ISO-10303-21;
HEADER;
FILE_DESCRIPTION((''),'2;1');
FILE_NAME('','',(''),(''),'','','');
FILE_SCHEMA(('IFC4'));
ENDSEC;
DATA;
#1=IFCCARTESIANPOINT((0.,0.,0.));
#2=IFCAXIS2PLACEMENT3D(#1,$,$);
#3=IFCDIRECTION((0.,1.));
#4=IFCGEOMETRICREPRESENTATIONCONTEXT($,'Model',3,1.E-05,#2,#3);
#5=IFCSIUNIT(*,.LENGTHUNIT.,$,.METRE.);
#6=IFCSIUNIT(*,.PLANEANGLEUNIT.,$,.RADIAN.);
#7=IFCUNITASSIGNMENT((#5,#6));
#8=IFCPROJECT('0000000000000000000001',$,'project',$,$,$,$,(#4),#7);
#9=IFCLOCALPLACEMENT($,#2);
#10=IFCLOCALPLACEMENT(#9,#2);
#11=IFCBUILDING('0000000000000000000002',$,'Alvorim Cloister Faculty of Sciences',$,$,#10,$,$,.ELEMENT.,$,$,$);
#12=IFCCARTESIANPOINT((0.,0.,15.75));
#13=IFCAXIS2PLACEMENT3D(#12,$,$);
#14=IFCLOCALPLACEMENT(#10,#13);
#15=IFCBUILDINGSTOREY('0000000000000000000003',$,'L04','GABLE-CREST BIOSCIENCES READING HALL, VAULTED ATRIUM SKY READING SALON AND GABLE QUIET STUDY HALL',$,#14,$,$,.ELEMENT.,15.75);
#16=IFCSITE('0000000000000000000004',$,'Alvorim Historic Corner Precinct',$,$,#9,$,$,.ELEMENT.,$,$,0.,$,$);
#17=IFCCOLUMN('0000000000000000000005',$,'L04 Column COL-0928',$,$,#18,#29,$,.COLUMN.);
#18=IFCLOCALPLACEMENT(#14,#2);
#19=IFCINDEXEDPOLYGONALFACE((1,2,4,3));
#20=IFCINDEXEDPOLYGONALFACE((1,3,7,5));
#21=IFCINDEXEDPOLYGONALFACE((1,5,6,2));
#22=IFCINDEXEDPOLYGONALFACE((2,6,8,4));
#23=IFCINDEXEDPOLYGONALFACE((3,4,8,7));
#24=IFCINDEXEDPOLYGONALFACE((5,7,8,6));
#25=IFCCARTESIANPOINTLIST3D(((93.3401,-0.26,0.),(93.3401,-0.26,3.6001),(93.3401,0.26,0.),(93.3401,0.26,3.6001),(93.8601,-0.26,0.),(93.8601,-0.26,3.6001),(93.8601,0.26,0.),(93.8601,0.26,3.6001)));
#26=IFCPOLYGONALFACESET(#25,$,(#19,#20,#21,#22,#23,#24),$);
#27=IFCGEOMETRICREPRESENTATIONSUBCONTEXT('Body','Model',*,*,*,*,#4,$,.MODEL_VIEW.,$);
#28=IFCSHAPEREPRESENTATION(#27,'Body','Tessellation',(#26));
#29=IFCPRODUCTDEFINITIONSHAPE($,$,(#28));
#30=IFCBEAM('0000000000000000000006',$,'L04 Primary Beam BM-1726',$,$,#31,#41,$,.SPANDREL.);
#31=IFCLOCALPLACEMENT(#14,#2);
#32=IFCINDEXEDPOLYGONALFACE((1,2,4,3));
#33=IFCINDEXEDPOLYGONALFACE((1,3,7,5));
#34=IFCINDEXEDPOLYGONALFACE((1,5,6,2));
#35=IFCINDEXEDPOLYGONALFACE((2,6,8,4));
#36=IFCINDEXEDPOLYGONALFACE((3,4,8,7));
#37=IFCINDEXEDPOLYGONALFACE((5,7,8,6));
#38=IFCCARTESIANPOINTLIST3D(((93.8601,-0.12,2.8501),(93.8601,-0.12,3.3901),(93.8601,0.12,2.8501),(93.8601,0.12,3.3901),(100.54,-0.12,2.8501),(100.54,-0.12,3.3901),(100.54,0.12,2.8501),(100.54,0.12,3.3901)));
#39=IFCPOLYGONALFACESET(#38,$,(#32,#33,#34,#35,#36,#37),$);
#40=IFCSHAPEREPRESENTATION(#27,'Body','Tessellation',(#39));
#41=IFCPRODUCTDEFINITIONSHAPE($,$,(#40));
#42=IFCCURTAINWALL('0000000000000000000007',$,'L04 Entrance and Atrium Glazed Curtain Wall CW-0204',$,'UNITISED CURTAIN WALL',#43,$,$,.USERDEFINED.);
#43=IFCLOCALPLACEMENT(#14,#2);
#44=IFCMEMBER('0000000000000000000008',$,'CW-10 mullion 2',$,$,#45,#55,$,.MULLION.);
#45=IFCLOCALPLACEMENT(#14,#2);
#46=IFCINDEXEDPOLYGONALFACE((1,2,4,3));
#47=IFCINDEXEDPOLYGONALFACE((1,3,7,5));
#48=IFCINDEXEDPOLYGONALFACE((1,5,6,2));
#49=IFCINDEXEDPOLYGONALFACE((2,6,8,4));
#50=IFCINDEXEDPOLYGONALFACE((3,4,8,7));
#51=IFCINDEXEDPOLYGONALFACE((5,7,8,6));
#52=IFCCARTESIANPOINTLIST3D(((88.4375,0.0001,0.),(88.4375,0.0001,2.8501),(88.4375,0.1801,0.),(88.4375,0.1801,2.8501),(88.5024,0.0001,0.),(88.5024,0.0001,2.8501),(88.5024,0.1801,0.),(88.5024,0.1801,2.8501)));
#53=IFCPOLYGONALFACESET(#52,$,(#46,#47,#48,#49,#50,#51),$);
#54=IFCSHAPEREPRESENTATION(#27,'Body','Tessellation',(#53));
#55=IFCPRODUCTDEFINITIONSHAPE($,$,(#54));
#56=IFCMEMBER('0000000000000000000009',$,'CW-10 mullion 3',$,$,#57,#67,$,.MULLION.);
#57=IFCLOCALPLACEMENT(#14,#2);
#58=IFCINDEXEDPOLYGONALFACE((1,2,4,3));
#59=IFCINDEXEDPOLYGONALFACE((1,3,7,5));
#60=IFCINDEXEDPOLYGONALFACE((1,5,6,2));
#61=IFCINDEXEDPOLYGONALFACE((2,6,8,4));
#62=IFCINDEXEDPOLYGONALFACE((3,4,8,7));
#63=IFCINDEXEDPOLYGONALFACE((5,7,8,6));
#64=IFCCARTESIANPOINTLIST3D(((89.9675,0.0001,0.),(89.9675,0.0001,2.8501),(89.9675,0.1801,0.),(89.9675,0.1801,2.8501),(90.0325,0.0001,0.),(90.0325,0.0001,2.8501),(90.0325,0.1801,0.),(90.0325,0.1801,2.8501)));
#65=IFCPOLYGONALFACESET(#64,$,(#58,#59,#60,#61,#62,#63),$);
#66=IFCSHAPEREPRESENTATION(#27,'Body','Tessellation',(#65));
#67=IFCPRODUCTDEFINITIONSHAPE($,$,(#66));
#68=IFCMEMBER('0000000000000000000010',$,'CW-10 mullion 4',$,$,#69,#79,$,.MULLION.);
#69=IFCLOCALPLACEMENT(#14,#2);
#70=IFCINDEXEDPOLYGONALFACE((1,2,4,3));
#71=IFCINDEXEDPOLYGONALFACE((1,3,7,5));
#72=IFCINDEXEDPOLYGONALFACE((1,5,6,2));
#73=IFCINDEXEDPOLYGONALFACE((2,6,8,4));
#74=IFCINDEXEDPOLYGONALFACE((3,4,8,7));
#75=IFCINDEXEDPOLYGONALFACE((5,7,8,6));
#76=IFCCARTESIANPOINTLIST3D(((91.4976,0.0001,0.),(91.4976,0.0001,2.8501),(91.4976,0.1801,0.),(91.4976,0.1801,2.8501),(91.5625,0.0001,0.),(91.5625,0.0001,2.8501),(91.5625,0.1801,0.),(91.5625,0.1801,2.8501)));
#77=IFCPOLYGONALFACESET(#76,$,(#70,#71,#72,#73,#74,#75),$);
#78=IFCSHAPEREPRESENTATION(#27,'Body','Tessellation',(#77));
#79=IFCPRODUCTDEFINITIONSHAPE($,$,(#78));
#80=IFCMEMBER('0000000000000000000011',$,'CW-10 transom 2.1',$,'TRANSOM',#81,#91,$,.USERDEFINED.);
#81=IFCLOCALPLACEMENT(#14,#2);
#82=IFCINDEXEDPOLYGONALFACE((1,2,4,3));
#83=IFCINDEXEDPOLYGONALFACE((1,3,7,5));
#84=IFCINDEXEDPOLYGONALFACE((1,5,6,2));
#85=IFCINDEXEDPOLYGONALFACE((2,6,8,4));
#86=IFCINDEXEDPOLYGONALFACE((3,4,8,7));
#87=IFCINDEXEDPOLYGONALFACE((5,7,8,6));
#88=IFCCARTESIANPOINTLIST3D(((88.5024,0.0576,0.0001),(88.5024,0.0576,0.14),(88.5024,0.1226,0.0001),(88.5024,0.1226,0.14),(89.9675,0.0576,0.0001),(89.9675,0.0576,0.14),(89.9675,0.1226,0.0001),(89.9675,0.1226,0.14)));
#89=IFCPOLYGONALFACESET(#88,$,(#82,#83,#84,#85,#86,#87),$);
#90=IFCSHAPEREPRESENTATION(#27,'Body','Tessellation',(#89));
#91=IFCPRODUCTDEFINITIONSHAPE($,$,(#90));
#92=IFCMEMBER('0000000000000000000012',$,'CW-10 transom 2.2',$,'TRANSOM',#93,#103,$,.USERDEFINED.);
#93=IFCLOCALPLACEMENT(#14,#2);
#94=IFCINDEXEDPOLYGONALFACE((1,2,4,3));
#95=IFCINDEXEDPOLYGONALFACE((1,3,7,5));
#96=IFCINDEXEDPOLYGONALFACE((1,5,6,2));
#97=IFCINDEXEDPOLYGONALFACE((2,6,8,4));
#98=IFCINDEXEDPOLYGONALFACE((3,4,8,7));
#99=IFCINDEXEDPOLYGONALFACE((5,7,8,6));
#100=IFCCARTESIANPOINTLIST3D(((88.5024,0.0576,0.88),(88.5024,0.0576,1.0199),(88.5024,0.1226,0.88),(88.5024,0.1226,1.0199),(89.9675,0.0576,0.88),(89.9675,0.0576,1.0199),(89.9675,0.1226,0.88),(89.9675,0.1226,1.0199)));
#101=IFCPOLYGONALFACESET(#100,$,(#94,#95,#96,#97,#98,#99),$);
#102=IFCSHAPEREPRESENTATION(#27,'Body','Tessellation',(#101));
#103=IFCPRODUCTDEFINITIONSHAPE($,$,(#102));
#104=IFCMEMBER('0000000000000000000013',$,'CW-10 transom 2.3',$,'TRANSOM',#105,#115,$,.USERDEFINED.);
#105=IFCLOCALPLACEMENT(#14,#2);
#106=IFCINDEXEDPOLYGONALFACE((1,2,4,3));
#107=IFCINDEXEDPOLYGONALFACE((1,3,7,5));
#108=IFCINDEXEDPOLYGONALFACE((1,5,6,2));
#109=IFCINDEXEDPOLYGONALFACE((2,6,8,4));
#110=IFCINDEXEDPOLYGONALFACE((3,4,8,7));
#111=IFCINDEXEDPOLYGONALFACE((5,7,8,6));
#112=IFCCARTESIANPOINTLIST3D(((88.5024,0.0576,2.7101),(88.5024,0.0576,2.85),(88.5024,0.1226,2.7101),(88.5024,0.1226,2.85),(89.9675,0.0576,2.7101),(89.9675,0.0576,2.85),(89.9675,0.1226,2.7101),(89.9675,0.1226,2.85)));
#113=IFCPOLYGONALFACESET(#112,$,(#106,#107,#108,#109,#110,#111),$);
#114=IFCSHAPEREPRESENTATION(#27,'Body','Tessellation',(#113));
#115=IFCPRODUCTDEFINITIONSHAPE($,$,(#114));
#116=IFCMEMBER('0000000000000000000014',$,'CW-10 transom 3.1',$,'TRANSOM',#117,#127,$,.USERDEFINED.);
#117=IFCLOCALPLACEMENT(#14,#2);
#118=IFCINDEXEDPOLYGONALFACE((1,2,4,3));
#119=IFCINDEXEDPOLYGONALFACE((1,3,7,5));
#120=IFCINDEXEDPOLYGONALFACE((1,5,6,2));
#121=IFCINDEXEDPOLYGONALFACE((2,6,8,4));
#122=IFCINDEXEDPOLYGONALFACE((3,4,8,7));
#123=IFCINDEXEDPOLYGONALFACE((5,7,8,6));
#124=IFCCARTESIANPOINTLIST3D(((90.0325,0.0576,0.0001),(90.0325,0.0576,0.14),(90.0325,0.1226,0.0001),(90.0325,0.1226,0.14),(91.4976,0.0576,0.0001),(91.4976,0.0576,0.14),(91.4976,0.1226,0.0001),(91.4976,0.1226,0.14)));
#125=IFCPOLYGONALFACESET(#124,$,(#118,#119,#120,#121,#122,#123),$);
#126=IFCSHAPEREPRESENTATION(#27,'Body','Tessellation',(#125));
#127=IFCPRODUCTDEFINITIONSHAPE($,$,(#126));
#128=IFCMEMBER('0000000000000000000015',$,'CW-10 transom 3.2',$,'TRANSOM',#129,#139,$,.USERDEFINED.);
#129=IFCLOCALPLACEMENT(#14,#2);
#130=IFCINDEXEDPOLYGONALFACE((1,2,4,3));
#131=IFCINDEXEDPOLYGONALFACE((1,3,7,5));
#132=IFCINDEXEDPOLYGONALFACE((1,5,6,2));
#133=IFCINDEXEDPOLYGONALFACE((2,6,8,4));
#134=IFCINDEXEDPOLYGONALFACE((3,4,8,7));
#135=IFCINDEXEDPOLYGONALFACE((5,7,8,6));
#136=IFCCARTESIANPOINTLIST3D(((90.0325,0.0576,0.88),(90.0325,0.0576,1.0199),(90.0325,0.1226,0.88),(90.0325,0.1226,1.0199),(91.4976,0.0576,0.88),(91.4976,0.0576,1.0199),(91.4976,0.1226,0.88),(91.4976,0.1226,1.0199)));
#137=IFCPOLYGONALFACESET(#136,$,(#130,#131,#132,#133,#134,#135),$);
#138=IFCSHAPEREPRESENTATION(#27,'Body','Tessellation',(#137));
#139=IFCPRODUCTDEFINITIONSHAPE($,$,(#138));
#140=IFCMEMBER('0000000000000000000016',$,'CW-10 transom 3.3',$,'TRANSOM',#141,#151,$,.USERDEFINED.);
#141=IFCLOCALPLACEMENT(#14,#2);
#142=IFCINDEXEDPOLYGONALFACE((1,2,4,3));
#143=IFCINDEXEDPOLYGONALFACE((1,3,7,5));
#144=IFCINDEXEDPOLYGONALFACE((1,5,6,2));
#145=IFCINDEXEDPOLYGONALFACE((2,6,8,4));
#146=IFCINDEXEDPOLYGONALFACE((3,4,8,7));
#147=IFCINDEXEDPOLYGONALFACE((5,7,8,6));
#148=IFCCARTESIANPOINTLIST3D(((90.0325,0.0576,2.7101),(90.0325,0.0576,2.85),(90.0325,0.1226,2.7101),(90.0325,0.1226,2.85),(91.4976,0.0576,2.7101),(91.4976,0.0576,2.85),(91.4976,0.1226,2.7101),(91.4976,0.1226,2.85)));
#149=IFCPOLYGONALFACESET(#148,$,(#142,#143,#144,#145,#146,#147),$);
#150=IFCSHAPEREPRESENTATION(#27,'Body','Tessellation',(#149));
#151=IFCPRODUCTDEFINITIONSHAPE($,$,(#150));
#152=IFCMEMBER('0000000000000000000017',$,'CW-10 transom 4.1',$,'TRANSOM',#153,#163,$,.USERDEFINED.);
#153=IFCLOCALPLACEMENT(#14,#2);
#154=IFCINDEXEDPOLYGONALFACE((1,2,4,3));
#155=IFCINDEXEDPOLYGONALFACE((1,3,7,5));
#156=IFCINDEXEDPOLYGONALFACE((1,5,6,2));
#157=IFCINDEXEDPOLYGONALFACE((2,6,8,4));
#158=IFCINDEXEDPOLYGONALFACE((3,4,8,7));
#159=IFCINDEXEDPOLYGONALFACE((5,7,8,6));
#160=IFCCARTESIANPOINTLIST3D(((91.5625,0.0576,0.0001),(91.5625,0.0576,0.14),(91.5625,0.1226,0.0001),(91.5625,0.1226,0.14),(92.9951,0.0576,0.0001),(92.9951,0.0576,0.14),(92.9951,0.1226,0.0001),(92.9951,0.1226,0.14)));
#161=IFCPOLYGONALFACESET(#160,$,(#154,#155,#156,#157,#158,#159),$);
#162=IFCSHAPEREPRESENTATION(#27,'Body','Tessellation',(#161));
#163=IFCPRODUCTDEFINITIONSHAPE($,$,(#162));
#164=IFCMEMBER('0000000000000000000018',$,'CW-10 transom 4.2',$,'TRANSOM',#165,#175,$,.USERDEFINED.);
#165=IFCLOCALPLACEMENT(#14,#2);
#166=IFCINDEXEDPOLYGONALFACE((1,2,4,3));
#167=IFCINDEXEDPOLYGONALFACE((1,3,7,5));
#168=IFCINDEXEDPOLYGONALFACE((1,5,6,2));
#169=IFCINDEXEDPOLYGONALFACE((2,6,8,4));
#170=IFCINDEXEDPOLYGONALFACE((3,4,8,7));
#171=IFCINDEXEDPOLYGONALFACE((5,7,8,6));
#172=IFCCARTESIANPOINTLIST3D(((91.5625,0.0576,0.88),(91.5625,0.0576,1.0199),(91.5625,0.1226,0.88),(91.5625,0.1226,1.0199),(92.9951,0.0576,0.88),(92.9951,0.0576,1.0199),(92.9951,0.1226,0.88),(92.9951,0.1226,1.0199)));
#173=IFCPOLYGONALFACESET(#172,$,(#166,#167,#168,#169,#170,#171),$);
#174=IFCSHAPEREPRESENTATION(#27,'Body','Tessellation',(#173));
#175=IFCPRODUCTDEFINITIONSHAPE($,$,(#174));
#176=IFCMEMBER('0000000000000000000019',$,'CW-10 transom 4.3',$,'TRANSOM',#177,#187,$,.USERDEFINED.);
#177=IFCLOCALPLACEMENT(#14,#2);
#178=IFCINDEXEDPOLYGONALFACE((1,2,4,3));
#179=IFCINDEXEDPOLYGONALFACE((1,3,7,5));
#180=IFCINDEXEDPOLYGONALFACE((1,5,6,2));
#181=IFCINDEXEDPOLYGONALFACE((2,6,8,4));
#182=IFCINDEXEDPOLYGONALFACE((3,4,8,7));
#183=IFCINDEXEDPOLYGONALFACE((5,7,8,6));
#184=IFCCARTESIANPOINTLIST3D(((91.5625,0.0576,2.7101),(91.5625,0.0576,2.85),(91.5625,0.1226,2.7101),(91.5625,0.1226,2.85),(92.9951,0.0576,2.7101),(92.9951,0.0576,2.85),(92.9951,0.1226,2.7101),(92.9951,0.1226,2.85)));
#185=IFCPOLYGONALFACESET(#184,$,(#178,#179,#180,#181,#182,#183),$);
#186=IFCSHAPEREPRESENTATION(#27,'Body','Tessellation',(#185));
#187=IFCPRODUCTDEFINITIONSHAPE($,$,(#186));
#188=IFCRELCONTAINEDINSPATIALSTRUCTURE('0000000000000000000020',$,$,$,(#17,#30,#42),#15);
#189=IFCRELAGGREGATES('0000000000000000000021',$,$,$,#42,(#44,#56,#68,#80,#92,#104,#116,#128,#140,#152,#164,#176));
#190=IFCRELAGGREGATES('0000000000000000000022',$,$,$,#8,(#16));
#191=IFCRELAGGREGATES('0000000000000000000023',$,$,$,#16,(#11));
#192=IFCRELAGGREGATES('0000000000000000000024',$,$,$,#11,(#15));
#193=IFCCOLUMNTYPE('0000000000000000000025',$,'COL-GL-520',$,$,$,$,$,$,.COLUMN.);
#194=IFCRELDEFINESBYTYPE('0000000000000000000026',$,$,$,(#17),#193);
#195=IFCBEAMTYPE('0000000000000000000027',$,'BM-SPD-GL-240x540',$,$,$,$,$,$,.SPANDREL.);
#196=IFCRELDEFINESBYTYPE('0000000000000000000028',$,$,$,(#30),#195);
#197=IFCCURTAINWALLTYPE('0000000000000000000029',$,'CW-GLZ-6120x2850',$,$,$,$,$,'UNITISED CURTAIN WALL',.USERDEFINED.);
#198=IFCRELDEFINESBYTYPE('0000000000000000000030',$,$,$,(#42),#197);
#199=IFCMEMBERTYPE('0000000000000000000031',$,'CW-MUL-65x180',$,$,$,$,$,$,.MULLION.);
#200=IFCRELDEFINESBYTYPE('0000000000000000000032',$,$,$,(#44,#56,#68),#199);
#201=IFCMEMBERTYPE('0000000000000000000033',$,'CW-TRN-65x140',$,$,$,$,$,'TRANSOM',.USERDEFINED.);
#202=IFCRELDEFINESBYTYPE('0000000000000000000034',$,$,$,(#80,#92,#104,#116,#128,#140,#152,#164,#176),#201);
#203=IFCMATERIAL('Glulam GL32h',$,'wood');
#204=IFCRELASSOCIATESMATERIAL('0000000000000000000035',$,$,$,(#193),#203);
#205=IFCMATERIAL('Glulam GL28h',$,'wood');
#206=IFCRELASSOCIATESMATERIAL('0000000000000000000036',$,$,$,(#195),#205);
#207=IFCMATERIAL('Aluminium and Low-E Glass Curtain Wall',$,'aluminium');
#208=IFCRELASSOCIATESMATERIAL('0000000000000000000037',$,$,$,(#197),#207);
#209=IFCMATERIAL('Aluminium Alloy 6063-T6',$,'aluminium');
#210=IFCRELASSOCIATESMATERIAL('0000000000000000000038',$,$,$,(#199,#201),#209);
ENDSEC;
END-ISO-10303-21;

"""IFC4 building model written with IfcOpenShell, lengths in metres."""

from ifc_helpers import new_model, si_unit, direction, frame, origin, origin_2d, place, context, subcontext, project, spatial, rectangle, extrude, material, material_profile, profile_set, type_object, element, aggregate, save


model = new_model("IFC4")

# Units and contexts
model_context = context("Model", 3, precision=1e-05, world=origin(), true_north=direction((0.0, 1.0)))
body_context = subcontext(model_context, "Body", "Model", "MODEL_VIEW")
ifc_project = project(units=[si_unit("LENGTHUNIT", "METRE"), si_unit("PLANEANGLEUNIT", "RADIAN")], contexts=[model_context])

# Site, building, storey
site_placement = place(None, origin())
site = spatial("IfcSite", under=ifc_project, at=site_placement, Name="Alvorim Historic Corner Precinct", CompositionType="ELEMENT", RefElevation=0.0)
building_placement = place(site_placement, origin())
building = spatial("IfcBuilding", under=site, at=building_placement, Name="Alvorim Cloister Faculty of Sciences", CompositionType="ELEMENT")
storey_placement = place(building_placement, frame((0.0, 0.0, 15.75)))
storey = spatial("IfcBuildingStorey", under=building, at=storey_placement, Name="L04", Description="GABLE-CREST BIOSCIENCES READING HALL, VAULTED ATRIUM SKY READING SALON AND GABLE QUIET STUDY HALL", CompositionType="ELEMENT", Elevation=15.75)

# Column
ifc_material_1 = material(Name="Glulam GL32h", Category="wood")
ifc_material_profile_1 = material_profile(ifc_material_1, rectangle(XDim=0.52, YDim=0.52, at=origin_2d()), Name="GL32-COL-520x520")
ifc_profile_set_1 = profile_set([ifc_material_profile_1], Name="Glulam GL32h")
column_type = type_object("IfcColumnType", Name="COL-GL-520", PredefinedType="COLUMN", material=ifc_profile_set_1)
column_placement = place(storey_placement, frame((93.6001, 0.0, 0.0), z_axis=(0.0, 0.0, 1.0), x_axis=(1.0, 0.0, 0.0)))
element("IfcColumn", 1, at=column_placement, inside=storey, type_object=column_type, Name="L04 Column COL-0928", PredefinedType="COLUMN", context=body_context, shape_type="SweptSolid", body=[
    extrude(rectangle(XDim=0.52, YDim=0.52, at=origin_2d()), origin(), (0.0, 0.0, 1.0), 3.6001),
])

# Beam
ifc_material_2 = material(Name="Glulam GL28h", Category="wood")
ifc_material_profile_2 = material_profile(ifc_material_2, rectangle(XDim=0.24, YDim=0.54, at=origin_2d()), Name="GL28-SPD-240x540")
ifc_profile_set_2 = profile_set([ifc_material_profile_2], Name="Glulam GL28h")
beam_type = type_object("IfcBeamType", Name="BM-SPD-GL-240x540", PredefinedType="SPANDREL", material=ifc_profile_set_2)
beam_placement = place(storey_placement, frame((93.8601, 0.0, 3.1201), z_axis=(1.0, 0.0, 0.0), x_axis=(0.0, 1.0, 0.0)))
element("IfcBeam", 2, at=beam_placement, inside=storey, type_object=beam_type, Name="L04 Primary Beam BM-1726", PredefinedType="SPANDREL", context=body_context, shape_type="SweptSolid", body=[
    extrude(rectangle(XDim=0.24, YDim=0.54, at=origin_2d()), origin(), (0.0, 0.0, 1.0), 6.6799),
])

# Curtain wall, members
ifc_material_3 = material(Name="Aluminium and Low-E Glass Curtain Wall", Category="aluminium")
curtain_wall_type = type_object("IfcCurtainWallType", Name="CW-GLZ-6120x2850", ElementType="UNITISED CURTAIN WALL", PredefinedType="USERDEFINED", material=ifc_material_3)
curtain_wall_placement = place(storey_placement, origin())
curtain_wall = element("IfcCurtainWall", 3, at=curtain_wall_placement, inside=storey, type_object=curtain_wall_type, Name="L04 Entrance and Atrium Glazed Curtain Wall CW-0204", ObjectType="UNITISED CURTAIN WALL", PredefinedType="USERDEFINED")
ifc_material_4 = material(Name="Aluminium Alloy 6063-T6", Category="aluminium")
ifc_material_profile_3 = material_profile(ifc_material_4, rectangle(XDim=0.0649, YDim=0.1799, at=origin_2d()), Name="ALU-MUL-65x180")
ifc_profile_set_3 = profile_set([ifc_material_profile_3], Name="Aluminium Alloy 6063-T6")
member_type_1 = type_object("IfcMemberType", Name="CW-MUL-65x180", PredefinedType="MULLION", material=ifc_profile_set_3)
member_1_placement = place(storey_placement, frame((88.47, 0.0901, 0.0), z_axis=(0.0, 0.0, 1.0), x_axis=(1.0, 0.0, 0.0)))
member_1 = element("IfcMember", 4, at=member_1_placement, type_object=member_type_1, Name="CW-10 mullion 2", PredefinedType="MULLION", context=body_context, shape_type="SweptSolid", body=[
    extrude(rectangle(XDim=0.0649, YDim=0.1799, at=origin_2d()), origin(), (0.0, 0.0, 1.0), 2.8501),
])
member_2_placement = place(storey_placement, frame((90.0, 0.0901, 0.0), z_axis=(0.0, 0.0, 1.0), x_axis=(1.0, 0.0, 0.0)))
member_2 = element("IfcMember", 5, at=member_2_placement, type_object=member_type_1, Name="CW-10 mullion 3", PredefinedType="MULLION", context=body_context, shape_type="SweptSolid", body=[
    extrude(rectangle(XDim=0.0649, YDim=0.1799, at=origin_2d()), origin(), (0.0, 0.0, 1.0), 2.8501),
])
member_3_placement = place(storey_placement, frame((91.53, 0.0901, 0.0), z_axis=(0.0, 0.0, 1.0), x_axis=(1.0, 0.0, 0.0)))
member_3 = element("IfcMember", 6, at=member_3_placement, type_object=member_type_1, Name="CW-10 mullion 4", PredefinedType="MULLION", context=body_context, shape_type="SweptSolid", body=[
    extrude(rectangle(XDim=0.0649, YDim=0.1799, at=origin_2d()), origin(), (0.0, 0.0, 1.0), 2.8501),
])
ifc_material_profile_4 = material_profile(ifc_material_4, rectangle(XDim=0.0649, YDim=0.1399, at=origin_2d()), Name="ALU-TRN-65x140")
ifc_profile_set_4 = profile_set([ifc_material_profile_4], Name="Aluminium Alloy 6063-T6")
member_type_2 = type_object("IfcMemberType", Name="CW-TRN-65x140", ElementType="TRANSOM", PredefinedType="USERDEFINED", material=ifc_profile_set_4)
member_4_placement = place(storey_placement, frame((88.5024, 0.0901, 0.0701), z_axis=(1.0, 0.0, 0.0), x_axis=(0.0, 1.0, 0.0)))
member_4 = element("IfcMember", 7, at=member_4_placement, type_object=member_type_2, Name="CW-10 transom 2.1", ObjectType="TRANSOM", PredefinedType="USERDEFINED", context=body_context, shape_type="SweptSolid", body=[
    extrude(rectangle(XDim=0.0649, YDim=0.1399, at=origin_2d()), origin(), (0.0, 0.0, 1.0), 1.4651),
])
member_5_placement = place(storey_placement, frame((88.5024, 0.0901, 0.95), z_axis=(1.0, 0.0, 0.0), x_axis=(0.0, 1.0, 0.0)))
member_5 = element("IfcMember", 8, at=member_5_placement, type_object=member_type_2, Name="CW-10 transom 2.2", ObjectType="TRANSOM", PredefinedType="USERDEFINED", context=body_context, shape_type="SweptSolid", body=[
    extrude(rectangle(XDim=0.0649, YDim=0.1399, at=origin_2d()), origin(), (0.0, 0.0, 1.0), 1.4651),
])
member_6_placement = place(storey_placement, frame((88.5024, 0.0901, 2.78), z_axis=(1.0, 0.0, 0.0), x_axis=(0.0, 1.0, 0.0)))
member_6 = element("IfcMember", 9, at=member_6_placement, type_object=member_type_2, Name="CW-10 transom 2.3", ObjectType="TRANSOM", PredefinedType="USERDEFINED", context=body_context, shape_type="SweptSolid", body=[
    extrude(rectangle(XDim=0.0649, YDim=0.1399, at=origin_2d()), origin(), (0.0, 0.0, 1.0), 1.4651),
])
member_7_placement = place(storey_placement, frame((90.0325, 0.0901, 0.0701), z_axis=(1.0, 0.0, 0.0), x_axis=(0.0, 1.0, 0.0)))
member_7 = element("IfcMember", 10, at=member_7_placement, type_object=member_type_2, Name="CW-10 transom 3.1", ObjectType="TRANSOM", PredefinedType="USERDEFINED", context=body_context, shape_type="SweptSolid", body=[
    extrude(rectangle(XDim=0.0649, YDim=0.1399, at=origin_2d()), origin(), (0.0, 0.0, 1.0), 1.4651),
])
member_8_placement = place(storey_placement, frame((90.0325, 0.0901, 0.95), z_axis=(1.0, 0.0, 0.0), x_axis=(0.0, 1.0, 0.0)))
member_8 = element("IfcMember", 11, at=member_8_placement, type_object=member_type_2, Name="CW-10 transom 3.2", ObjectType="TRANSOM", PredefinedType="USERDEFINED", context=body_context, shape_type="SweptSolid", body=[
    extrude(rectangle(XDim=0.0649, YDim=0.1399, at=origin_2d()), origin(), (0.0, 0.0, 1.0), 1.4651),
])
member_9_placement = place(storey_placement, frame((90.0325, 0.0901, 2.78), z_axis=(1.0, 0.0, 0.0), x_axis=(0.0, 1.0, 0.0)))
member_9 = element("IfcMember", 12, at=member_9_placement, type_object=member_type_2, Name="CW-10 transom 3.3", ObjectType="TRANSOM", PredefinedType="USERDEFINED", context=body_context, shape_type="SweptSolid", body=[
    extrude(rectangle(XDim=0.0649, YDim=0.1399, at=origin_2d()), origin(), (0.0, 0.0, 1.0), 1.4651),
])
member_10_placement = place(storey_placement, frame((91.5625, 0.0901, 0.0701), z_axis=(1.0, 0.0, 0.0), x_axis=(0.0, 1.0, 0.0)))
member_10 = element("IfcMember", 13, at=member_10_placement, type_object=member_type_2, Name="CW-10 transom 4.1", ObjectType="TRANSOM", PredefinedType="USERDEFINED", context=body_context, shape_type="SweptSolid", body=[
    extrude(rectangle(XDim=0.0649, YDim=0.1399, at=origin_2d()), origin(), (0.0, 0.0, 1.0), 1.4326),
])
member_11_placement = place(storey_placement, frame((91.5625, 0.0901, 0.95), z_axis=(1.0, 0.0, 0.0), x_axis=(0.0, 1.0, 0.0)))
member_11 = element("IfcMember", 14, at=member_11_placement, type_object=member_type_2, Name="CW-10 transom 4.2", ObjectType="TRANSOM", PredefinedType="USERDEFINED", context=body_context, shape_type="SweptSolid", body=[
    extrude(rectangle(XDim=0.0649, YDim=0.1399, at=origin_2d()), origin(), (0.0, 0.0, 1.0), 1.4326),
])
member_12_placement = place(storey_placement, frame((91.5625, 0.0901, 2.78), z_axis=(1.0, 0.0, 0.0), x_axis=(0.0, 1.0, 0.0)))
member_12 = element("IfcMember", 15, at=member_12_placement, type_object=member_type_2, Name="CW-10 transom 4.3", ObjectType="TRANSOM", PredefinedType="USERDEFINED", context=body_context, shape_type="SweptSolid", body=[
    extrude(rectangle(XDim=0.0649, YDim=0.1399, at=origin_2d()), origin(), (0.0, 0.0, 1.0), 1.4326),
])
aggregate(curtain_wall, [member_1, member_2, member_3, member_4, member_5, member_6, member_7, member_8, member_9, member_10, member_11, member_12])

save(model, "model.ifc")
